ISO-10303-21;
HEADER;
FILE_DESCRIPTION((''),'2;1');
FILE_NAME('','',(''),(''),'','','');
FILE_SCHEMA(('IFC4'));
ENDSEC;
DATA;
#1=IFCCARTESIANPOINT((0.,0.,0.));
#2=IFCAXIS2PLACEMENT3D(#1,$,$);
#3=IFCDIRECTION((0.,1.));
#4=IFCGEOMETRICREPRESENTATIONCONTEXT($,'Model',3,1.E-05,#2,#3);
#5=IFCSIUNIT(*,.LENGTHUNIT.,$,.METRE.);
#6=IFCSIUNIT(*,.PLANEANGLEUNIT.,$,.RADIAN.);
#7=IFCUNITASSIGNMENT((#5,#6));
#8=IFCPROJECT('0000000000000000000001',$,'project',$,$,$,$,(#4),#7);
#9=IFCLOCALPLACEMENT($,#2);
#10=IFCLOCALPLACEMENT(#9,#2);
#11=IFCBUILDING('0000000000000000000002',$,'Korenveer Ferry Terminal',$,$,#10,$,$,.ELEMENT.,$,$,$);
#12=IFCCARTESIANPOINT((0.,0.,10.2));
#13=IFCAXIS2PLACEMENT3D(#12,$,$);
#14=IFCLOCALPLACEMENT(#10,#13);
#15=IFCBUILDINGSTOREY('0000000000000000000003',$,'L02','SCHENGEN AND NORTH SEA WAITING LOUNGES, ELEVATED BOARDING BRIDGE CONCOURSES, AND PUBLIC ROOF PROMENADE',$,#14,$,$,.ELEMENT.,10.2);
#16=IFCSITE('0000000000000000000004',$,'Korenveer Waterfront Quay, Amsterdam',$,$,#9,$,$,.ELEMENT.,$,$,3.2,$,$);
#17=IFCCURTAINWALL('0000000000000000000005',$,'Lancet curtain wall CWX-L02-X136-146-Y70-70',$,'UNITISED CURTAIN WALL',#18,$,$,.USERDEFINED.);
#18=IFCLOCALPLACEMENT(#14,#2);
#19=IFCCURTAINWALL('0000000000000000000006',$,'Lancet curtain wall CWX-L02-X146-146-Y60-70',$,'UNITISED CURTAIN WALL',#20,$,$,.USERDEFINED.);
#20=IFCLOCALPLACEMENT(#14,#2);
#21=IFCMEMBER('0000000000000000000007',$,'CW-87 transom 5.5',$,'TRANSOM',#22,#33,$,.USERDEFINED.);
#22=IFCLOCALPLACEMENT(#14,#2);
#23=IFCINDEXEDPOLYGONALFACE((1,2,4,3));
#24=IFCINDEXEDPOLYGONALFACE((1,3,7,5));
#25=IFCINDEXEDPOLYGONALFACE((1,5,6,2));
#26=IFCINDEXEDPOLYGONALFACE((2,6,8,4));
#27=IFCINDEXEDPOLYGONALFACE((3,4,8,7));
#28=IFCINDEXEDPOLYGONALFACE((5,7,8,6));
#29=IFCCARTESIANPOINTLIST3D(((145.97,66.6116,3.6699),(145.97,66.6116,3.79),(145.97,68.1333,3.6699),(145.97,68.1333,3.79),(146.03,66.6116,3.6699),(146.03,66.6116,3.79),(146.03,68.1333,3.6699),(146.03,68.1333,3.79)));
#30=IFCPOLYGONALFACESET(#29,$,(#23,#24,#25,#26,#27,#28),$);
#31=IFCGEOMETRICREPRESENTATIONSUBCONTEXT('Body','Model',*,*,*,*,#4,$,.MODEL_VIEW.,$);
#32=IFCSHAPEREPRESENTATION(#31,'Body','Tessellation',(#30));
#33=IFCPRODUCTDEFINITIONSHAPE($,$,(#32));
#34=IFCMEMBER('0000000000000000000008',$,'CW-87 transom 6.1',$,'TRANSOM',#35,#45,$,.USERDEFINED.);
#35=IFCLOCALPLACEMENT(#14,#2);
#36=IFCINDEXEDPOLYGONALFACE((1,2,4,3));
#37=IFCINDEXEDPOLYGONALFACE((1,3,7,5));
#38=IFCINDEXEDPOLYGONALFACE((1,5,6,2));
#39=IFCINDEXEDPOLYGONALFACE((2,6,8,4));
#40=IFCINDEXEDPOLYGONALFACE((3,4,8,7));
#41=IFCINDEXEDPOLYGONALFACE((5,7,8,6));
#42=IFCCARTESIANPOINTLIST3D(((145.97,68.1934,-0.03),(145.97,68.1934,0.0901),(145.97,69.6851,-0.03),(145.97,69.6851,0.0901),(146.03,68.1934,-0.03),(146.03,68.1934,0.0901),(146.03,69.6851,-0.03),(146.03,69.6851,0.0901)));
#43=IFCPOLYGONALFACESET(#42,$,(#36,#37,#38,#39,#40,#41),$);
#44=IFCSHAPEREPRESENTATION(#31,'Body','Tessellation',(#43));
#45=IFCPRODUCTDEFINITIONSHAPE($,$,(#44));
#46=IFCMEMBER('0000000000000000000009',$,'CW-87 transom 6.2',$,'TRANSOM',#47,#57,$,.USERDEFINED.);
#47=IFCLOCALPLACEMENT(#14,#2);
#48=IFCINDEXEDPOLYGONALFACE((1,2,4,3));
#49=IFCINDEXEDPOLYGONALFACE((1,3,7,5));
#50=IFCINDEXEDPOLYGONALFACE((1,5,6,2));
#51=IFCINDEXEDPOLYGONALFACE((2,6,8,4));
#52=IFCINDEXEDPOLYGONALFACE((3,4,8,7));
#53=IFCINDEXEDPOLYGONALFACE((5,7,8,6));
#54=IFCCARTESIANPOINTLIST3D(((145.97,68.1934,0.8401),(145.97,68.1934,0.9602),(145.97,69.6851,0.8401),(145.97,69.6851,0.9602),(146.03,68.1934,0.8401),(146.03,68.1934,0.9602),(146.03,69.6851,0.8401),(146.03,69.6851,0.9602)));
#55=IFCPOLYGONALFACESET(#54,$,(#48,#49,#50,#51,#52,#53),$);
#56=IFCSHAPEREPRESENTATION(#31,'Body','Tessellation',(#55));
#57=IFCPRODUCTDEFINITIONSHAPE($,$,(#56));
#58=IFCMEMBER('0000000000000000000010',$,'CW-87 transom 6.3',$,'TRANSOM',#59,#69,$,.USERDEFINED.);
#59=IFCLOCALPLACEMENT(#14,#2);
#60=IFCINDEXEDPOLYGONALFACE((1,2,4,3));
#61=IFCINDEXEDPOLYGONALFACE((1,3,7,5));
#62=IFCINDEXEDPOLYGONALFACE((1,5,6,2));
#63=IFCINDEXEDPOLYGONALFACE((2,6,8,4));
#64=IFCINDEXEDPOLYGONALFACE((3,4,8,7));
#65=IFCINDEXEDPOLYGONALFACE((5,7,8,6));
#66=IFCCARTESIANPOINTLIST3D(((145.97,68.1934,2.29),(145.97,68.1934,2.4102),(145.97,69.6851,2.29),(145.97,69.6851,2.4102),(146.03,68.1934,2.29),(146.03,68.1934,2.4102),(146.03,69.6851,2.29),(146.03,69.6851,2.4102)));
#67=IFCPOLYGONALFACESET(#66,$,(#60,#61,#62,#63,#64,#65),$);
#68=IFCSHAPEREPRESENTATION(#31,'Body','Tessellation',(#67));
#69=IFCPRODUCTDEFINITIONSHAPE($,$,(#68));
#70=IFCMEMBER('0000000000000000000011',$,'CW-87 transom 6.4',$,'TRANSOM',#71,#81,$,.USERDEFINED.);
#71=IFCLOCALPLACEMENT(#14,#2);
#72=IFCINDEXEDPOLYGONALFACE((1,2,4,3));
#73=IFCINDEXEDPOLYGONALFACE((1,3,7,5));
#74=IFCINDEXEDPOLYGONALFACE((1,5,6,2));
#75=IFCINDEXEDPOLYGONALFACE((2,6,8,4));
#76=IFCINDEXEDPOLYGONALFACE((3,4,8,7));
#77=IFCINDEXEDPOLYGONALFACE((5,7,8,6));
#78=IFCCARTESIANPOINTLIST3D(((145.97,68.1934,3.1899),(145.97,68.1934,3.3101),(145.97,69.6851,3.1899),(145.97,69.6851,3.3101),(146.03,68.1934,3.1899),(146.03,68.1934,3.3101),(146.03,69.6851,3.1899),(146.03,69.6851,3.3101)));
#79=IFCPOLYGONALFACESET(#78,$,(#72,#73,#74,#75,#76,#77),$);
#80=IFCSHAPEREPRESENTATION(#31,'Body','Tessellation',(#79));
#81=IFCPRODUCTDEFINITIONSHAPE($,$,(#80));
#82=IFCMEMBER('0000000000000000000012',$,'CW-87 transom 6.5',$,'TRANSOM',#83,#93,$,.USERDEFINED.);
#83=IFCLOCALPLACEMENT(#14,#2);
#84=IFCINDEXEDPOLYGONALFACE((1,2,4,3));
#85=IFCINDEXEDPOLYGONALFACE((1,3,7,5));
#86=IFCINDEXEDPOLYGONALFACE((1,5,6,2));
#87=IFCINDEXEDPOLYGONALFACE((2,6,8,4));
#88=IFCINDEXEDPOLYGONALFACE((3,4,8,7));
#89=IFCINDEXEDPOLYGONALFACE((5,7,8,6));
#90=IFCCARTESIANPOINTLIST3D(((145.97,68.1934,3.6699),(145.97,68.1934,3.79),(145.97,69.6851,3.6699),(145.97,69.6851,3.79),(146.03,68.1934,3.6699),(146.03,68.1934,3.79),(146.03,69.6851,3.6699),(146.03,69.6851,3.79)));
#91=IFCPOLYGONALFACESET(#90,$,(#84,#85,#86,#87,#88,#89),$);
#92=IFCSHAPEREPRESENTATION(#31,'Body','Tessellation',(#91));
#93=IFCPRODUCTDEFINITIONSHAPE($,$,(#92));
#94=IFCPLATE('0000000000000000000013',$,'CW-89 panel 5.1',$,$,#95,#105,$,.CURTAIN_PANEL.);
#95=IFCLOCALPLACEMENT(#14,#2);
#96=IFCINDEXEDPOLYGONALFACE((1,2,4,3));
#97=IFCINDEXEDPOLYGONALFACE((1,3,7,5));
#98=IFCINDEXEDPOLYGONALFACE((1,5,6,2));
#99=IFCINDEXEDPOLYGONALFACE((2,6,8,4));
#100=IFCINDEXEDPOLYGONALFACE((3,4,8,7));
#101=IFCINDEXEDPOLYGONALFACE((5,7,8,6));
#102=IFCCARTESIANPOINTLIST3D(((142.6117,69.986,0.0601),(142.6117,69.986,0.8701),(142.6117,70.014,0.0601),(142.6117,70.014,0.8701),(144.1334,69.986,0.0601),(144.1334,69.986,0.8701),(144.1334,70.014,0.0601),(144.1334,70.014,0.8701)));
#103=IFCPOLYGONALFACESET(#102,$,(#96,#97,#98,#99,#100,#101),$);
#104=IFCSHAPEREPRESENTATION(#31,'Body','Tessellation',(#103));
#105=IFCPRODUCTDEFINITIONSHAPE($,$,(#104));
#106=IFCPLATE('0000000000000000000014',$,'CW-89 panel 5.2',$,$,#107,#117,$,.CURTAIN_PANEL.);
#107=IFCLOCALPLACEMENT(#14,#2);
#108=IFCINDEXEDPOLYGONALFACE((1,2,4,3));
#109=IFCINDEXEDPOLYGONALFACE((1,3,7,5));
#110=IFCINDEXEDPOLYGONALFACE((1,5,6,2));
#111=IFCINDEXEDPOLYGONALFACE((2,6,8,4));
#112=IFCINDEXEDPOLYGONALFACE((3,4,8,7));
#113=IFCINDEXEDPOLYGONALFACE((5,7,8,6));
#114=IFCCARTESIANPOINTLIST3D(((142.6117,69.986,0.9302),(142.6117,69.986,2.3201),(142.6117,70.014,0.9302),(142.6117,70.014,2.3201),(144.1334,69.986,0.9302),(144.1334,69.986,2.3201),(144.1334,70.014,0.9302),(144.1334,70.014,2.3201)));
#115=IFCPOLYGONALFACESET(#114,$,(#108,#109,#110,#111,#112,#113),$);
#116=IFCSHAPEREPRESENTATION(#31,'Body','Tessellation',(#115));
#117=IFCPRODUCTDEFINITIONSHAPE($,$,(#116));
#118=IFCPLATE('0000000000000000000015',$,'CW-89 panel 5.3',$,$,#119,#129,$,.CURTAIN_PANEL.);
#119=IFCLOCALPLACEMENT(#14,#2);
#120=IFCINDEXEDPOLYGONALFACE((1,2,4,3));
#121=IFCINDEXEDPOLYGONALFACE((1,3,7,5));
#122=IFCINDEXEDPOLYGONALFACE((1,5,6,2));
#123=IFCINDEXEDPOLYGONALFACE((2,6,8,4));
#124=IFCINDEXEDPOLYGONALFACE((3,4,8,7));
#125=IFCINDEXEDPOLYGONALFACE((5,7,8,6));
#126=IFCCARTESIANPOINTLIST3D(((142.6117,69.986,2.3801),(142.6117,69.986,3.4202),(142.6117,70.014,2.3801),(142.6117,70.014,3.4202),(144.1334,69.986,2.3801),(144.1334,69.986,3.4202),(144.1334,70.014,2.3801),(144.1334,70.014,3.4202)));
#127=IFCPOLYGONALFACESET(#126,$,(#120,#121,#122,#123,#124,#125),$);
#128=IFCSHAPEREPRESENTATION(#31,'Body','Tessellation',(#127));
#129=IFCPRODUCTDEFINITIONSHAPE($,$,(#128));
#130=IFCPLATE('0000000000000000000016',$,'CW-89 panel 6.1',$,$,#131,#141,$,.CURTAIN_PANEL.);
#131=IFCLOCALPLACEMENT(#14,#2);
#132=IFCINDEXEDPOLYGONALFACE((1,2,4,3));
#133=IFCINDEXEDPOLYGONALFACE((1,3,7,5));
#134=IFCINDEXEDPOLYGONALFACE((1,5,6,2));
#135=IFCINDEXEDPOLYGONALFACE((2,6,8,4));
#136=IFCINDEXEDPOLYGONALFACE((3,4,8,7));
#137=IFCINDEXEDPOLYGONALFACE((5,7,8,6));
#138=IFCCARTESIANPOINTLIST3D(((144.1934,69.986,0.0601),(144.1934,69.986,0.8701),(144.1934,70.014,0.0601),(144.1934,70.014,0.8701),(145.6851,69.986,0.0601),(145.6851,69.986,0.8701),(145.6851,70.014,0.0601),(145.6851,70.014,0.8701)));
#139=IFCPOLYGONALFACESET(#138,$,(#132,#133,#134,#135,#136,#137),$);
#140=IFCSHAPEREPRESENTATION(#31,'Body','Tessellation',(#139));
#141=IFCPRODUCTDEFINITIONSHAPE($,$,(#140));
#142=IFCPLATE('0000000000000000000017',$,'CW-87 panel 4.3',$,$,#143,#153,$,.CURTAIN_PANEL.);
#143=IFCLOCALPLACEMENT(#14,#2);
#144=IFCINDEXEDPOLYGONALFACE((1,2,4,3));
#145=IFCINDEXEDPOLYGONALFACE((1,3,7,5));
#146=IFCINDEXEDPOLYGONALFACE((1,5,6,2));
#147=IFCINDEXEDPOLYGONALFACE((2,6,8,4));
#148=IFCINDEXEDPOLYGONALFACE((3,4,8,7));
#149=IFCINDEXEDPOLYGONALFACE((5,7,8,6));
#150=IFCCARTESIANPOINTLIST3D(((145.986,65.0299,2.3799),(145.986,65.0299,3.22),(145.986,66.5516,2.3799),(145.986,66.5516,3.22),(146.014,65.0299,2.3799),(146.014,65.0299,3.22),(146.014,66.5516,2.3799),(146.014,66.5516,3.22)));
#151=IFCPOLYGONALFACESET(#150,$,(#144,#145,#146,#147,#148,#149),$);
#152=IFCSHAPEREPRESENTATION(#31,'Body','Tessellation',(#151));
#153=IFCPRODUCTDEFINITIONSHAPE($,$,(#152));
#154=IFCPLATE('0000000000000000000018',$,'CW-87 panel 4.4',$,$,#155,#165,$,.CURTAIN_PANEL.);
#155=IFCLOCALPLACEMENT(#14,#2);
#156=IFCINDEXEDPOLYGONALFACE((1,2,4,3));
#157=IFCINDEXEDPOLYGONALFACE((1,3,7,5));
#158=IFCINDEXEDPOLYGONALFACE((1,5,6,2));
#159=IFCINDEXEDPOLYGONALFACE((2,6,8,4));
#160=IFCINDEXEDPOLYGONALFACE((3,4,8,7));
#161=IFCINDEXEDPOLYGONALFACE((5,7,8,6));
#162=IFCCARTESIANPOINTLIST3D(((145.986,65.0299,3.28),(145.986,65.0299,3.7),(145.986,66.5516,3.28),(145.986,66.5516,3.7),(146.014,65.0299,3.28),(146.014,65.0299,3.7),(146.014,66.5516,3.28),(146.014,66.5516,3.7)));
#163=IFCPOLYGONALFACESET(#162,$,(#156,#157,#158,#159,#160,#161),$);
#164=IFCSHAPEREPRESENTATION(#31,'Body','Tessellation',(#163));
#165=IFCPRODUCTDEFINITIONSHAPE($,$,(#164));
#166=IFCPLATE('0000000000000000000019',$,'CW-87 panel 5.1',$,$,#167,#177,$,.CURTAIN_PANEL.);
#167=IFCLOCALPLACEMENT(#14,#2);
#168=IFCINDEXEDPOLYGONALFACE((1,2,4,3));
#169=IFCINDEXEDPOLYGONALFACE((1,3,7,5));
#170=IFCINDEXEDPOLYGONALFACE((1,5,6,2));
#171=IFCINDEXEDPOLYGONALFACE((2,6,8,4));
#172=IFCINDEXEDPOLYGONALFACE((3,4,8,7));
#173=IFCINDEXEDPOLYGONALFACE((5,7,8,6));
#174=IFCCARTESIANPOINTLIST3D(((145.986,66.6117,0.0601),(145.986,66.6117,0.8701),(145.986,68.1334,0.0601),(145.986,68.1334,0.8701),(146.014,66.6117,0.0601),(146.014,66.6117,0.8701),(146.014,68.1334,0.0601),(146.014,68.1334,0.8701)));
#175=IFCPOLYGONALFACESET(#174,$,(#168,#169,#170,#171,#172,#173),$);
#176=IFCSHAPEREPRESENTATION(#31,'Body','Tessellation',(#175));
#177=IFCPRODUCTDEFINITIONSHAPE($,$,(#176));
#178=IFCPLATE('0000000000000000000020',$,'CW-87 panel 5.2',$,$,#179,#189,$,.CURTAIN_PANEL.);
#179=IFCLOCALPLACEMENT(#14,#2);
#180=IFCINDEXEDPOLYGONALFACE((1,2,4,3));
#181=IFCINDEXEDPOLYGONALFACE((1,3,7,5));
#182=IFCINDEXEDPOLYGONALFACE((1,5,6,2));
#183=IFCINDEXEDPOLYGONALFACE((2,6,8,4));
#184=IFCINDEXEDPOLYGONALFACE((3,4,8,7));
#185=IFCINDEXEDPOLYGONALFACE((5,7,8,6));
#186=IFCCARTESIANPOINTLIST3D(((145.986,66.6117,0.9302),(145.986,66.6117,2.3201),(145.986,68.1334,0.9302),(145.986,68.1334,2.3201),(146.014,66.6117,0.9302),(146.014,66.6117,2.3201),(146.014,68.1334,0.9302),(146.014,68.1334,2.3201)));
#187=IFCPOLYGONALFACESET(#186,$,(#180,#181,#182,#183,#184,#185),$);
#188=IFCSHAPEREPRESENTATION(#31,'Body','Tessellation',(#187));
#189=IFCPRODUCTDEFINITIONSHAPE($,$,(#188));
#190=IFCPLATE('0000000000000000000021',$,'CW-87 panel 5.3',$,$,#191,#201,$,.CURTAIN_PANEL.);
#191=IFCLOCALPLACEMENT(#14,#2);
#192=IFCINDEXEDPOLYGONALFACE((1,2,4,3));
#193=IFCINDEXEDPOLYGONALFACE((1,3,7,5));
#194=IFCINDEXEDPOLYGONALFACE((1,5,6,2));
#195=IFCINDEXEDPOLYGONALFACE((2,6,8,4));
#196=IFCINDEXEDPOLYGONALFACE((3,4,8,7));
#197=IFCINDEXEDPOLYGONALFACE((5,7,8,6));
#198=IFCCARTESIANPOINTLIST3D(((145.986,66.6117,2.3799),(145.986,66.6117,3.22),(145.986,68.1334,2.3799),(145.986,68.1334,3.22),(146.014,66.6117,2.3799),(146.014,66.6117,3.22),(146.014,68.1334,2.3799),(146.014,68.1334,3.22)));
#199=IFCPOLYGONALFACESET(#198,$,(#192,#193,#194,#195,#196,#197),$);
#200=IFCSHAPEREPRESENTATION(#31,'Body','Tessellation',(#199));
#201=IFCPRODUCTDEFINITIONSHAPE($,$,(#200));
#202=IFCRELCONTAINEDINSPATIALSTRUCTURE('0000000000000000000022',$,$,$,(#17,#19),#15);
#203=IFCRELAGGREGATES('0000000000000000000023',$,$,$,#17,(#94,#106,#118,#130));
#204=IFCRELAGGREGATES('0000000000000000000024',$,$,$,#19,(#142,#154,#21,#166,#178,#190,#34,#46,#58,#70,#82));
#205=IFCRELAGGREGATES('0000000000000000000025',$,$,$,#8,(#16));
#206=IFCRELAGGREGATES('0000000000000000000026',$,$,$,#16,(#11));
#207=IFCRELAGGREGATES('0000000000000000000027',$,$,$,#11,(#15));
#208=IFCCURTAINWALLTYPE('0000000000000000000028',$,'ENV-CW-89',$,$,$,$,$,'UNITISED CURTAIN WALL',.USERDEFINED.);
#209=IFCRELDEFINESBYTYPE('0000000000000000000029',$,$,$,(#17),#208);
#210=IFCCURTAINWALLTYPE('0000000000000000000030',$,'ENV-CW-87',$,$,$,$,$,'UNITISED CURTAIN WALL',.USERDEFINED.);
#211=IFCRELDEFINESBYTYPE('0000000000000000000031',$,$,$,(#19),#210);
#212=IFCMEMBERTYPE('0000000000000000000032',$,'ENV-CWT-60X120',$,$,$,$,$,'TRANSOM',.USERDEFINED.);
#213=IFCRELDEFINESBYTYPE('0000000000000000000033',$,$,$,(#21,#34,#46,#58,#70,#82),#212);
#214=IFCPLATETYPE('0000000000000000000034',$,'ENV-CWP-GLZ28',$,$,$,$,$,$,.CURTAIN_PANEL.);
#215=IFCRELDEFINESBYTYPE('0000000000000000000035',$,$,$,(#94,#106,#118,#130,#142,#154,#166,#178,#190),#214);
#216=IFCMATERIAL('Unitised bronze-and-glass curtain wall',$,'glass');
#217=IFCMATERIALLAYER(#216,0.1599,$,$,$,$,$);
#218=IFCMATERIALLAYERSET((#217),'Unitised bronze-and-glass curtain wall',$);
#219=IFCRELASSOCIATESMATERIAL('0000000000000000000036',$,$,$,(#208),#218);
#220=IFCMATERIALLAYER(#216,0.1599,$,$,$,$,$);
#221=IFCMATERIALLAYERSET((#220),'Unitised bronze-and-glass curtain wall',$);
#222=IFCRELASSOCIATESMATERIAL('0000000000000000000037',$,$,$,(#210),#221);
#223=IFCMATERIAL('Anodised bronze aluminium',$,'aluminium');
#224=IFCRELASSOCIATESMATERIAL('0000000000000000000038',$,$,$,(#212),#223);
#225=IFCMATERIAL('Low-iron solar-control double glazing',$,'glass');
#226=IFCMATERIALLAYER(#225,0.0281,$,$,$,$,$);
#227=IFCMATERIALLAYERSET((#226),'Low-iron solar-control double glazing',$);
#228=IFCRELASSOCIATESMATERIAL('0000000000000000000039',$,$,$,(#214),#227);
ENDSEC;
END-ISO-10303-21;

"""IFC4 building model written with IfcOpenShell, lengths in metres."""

from ifc_helpers import new_model, si_unit, direction, frame, origin, origin_2d, place, context, subcontext, project, spatial, rectangle, extrude, material, layer, layer_set, material_profile, profile_set, type_object, element, aggregate, save


model = new_model("IFC4")

# Units and contexts
model_context = context("Model", 3, precision=1e-05, world=origin(), true_north=direction((0.0, 1.0)))
body_context = subcontext(model_context, "Body", "Model", "MODEL_VIEW")
ifc_project = project(units=[si_unit("LENGTHUNIT", "METRE"), si_unit("PLANEANGLEUNIT", "RADIAN")], contexts=[model_context])

# Site, building, storey
site_placement = place(None, origin())
site = spatial("IfcSite", under=ifc_project, at=site_placement, Name="Korenveer Waterfront Quay, Amsterdam", CompositionType="ELEMENT", RefElevation=3.2)
building_placement = place(site_placement, origin())
building = spatial("IfcBuilding", under=site, at=building_placement, Name="Korenveer Ferry Terminal", CompositionType="ELEMENT")
storey_placement = place(building_placement, frame((0.0, 0.0, 10.2)))
storey = spatial("IfcBuildingStorey", under=building, at=storey_placement, Name="L02", Description="SCHENGEN AND NORTH SEA WAITING LOUNGES, ELEVATED BOARDING BRIDGE CONCOURSES, AND PUBLIC ROOF PROMENADE", CompositionType="ELEMENT", Elevation=10.2)

# Curtain wall
ifc_material_1 = material(Name="Unitised bronze-and-glass curtain wall", Category="glass")
ifc_layer_1 = layer(ifc_material_1, 0.1599)
ifc_layer_set_1 = layer_set([ifc_layer_1], Name="Unitised bronze-and-glass curtain wall")
curtain_wall_type_1 = type_object("IfcCurtainWallType", Name="ENV-CW-89", ElementType="UNITISED CURTAIN WALL", PredefinedType="USERDEFINED", material=ifc_layer_set_1)
curtain_wall_1_placement = place(storey_placement, frame((136.2549, 70.0, 0.0)))
curtain_wall_1 = element("IfcCurtainWall", 1, at=curtain_wall_1_placement, inside=storey, type_object=curtain_wall_type_1, Name="Lancet curtain wall CWX-L02-X136-146-Y70-70", ObjectType="UNITISED CURTAIN WALL", PredefinedType="USERDEFINED")
ifc_material_2 = material(Name="Anodised bronze aluminium", Category="aluminium")

# Curtain wall
ifc_layer_2 = layer(ifc_material_1, 0.1599)
ifc_layer_set_2 = layer_set([ifc_layer_2], Name="Unitised bronze-and-glass curtain wall")
curtain_wall_type_2 = type_object("IfcCurtainWallType", Name="ENV-CW-87", ElementType="UNITISED CURTAIN WALL", PredefinedType="USERDEFINED", material=ifc_layer_set_2)
curtain_wall_2_placement = place(storey_placement, frame((146.0, 60.2549, 0.0)))
curtain_wall_2 = element("IfcCurtainWall", 2, at=curtain_wall_2_placement, inside=storey, type_object=curtain_wall_type_2, Name="Lancet curtain wall CWX-L02-X146-146-Y60-70", ObjectType="UNITISED CURTAIN WALL", PredefinedType="USERDEFINED")

# Members
ifc_material_profile_1 = material_profile(ifc_material_2, rectangle(XDim=0.0601, YDim=0.1201, at=origin_2d()), Name="ALU 60x120")
ifc_profile_set_1 = profile_set([ifc_material_profile_1], Name="Anodised bronze aluminium")
member_type_1 = type_object("IfcMemberType", Name="ENV-CWT-60X120", ElementType="TRANSOM", PredefinedType="USERDEFINED", material=ifc_profile_set_1)
member_1_placement = place(storey_placement, frame((146.0, 66.6116, 3.73), z_axis=(0.0, 1.0, 0.0), x_axis=(-1.0, 0.0, 0.0)))
member_1 = element("IfcMember", 3, at=member_1_placement, type_object=member_type_1, Name="CW-87 transom 5.5", ObjectType="TRANSOM", PredefinedType="USERDEFINED", context=body_context, shape_type="SweptSolid", body=[
    extrude(rectangle(XDim=0.0601, YDim=0.1201, at=origin_2d()), origin(), (0.0, 0.0, 1.0), 1.5217),
])
member_2_placement = place(storey_placement, frame((146.0, 68.1934, 0.03), z_axis=(0.0, 1.0, 0.0), x_axis=(-1.0, 0.0, 0.0)))
member_2 = element("IfcMember", 4, at=member_2_placement, type_object=member_type_1, Name="CW-87 transom 6.1", ObjectType="TRANSOM", PredefinedType="USERDEFINED", context=body_context, shape_type="SweptSolid", body=[
    extrude(rectangle(XDim=0.0601, YDim=0.1201, at=origin_2d()), origin(), (0.0, 0.0, 1.0), 1.4917),
])
member_3_placement = place(storey_placement, frame((146.0, 68.1934, 0.9001), z_axis=(0.0, 1.0, 0.0), x_axis=(-1.0, 0.0, 0.0)))
member_3 = element("IfcMember", 5, at=member_3_placement, type_object=member_type_1, Name="CW-87 transom 6.2", ObjectType="TRANSOM", PredefinedType="USERDEFINED", context=body_context, shape_type="SweptSolid", body=[
    extrude(rectangle(XDim=0.0601, YDim=0.1201, at=origin_2d()), origin(), (0.0, 0.0, 1.0), 1.4917),
])
member_4_placement = place(storey_placement, frame((146.0, 68.1934, 2.3501), z_axis=(0.0, 1.0, 0.0), x_axis=(-1.0, 0.0, 0.0)))
member_4 = element("IfcMember", 6, at=member_4_placement, type_object=member_type_1, Name="CW-87 transom 6.3", ObjectType="TRANSOM", PredefinedType="USERDEFINED", context=body_context, shape_type="SweptSolid", body=[
    extrude(rectangle(XDim=0.0601, YDim=0.1201, at=origin_2d()), origin(), (0.0, 0.0, 1.0), 1.4917),
])
member_5_placement = place(storey_placement, frame((146.0, 68.1934, 3.25), z_axis=(0.0, 1.0, 0.0), x_axis=(-1.0, 0.0, 0.0)))
member_5 = element("IfcMember", 7, at=member_5_placement, type_object=member_type_1, Name="CW-87 transom 6.4", ObjectType="TRANSOM", PredefinedType="USERDEFINED", context=body_context, shape_type="SweptSolid", body=[
    extrude(rectangle(XDim=0.0601, YDim=0.1201, at=origin_2d()), origin(), (0.0, 0.0, 1.0), 1.4917),
])
member_6_placement = place(storey_placement, frame((146.0, 68.1934, 3.73), z_axis=(0.0, 1.0, 0.0), x_axis=(-1.0, 0.0, 0.0)))
member_6 = element("IfcMember", 8, at=member_6_placement, type_object=member_type_1, Name="CW-87 transom 6.5", ObjectType="TRANSOM", PredefinedType="USERDEFINED", context=body_context, shape_type="SweptSolid", body=[
    extrude(rectangle(XDim=0.0601, YDim=0.1201, at=origin_2d()), origin(), (0.0, 0.0, 1.0), 1.4917),
])

# Plates
ifc_material_3 = material(Name="Low-iron solar-control double glazing", Category="glass")
ifc_layer_3 = layer(ifc_material_3, 0.0281)
ifc_layer_set_3 = layer_set([ifc_layer_3], Name="Low-iron solar-control double glazing")
plate_type = type_object("IfcPlateType", Name="ENV-CWP-GLZ28", PredefinedType="CURTAIN_PANEL", material=ifc_layer_set_3)
plate_1_placement = place(storey_placement, frame((143.3726, 70.0, 0.0601), z_axis=(0.0, 0.0, 1.0), x_axis=(1.0, 0.0, 0.0)))
plate_1 = element("IfcPlate", 9, at=plate_1_placement, type_object=plate_type, Name="CW-89 panel 5.1", PredefinedType="CURTAIN_PANEL", context=body_context, shape_type="SweptSolid", body=[
    extrude(rectangle(XDim=1.5217, YDim=0.0281, at=origin_2d()), origin(), (0.0, 0.0, 1.0), 0.8101),
])
plate_2_placement = place(storey_placement, frame((143.3726, 70.0, 0.9302), z_axis=(0.0, 0.0, 1.0), x_axis=(1.0, 0.0, 0.0)))
plate_2 = element("IfcPlate", 10, at=plate_2_placement, type_object=plate_type, Name="CW-89 panel 5.2", PredefinedType="CURTAIN_PANEL", context=body_context, shape_type="SweptSolid", body=[
    extrude(rectangle(XDim=1.5217, YDim=0.0281, at=origin_2d()), origin(), (0.0, 0.0, 1.0), 1.3899),
])
plate_3_placement = place(storey_placement, frame((143.3726, 70.0, 2.3801), z_axis=(0.0, 0.0, 1.0), x_axis=(1.0, 0.0, 0.0)))
plate_3 = element("IfcPlate", 11, at=plate_3_placement, type_object=plate_type, Name="CW-89 panel 5.3", PredefinedType="CURTAIN_PANEL", context=body_context, shape_type="SweptSolid", body=[
    extrude(rectangle(XDim=1.5217, YDim=0.0281, at=origin_2d()), origin(), (0.0, 0.0, 1.0), 1.04),
])
plate_4_placement = place(storey_placement, frame((144.9392, 70.0, 0.0601), z_axis=(0.0, 0.0, 1.0), x_axis=(1.0, 0.0, 0.0)))
plate_4 = element("IfcPlate", 12, at=plate_4_placement, type_object=plate_type, Name="CW-89 panel 6.1", PredefinedType="CURTAIN_PANEL", context=body_context, shape_type="SweptSolid", body=[
    extrude(rectangle(XDim=1.4917, YDim=0.0281, at=origin_2d()), origin(), (0.0, 0.0, 1.0), 0.8101),
])
aggregate(curtain_wall_1, [plate_1, plate_2, plate_3, plate_4])
plate_5_placement = place(storey_placement, frame((146.0, 65.7908, 2.3799), z_axis=(0.0, 0.0, 1.0), x_axis=(0.0, 1.0, 0.0)))
plate_5 = element("IfcPlate", 13, at=plate_5_placement, type_object=plate_type, Name="CW-87 panel 4.3", PredefinedType="CURTAIN_PANEL", context=body_context, shape_type="SweptSolid", body=[
    extrude(rectangle(XDim=1.5217, YDim=0.0281, at=origin_2d()), origin(), (0.0, 0.0, 1.0), 0.8401),
])
plate_6_placement = place(storey_placement, frame((146.0, 65.7908, 3.28), z_axis=(0.0, 0.0, 1.0), x_axis=(0.0, 1.0, 0.0)))
plate_6 = element("IfcPlate", 14, at=plate_6_placement, type_object=plate_type, Name="CW-87 panel 4.4", PredefinedType="CURTAIN_PANEL", context=body_context, shape_type="SweptSolid", body=[
    extrude(rectangle(XDim=1.5217, YDim=0.0281, at=origin_2d()), origin(), (0.0, 0.0, 1.0), 0.4199),
])
plate_7_placement = place(storey_placement, frame((146.0, 67.3726, 0.0601), z_axis=(0.0, 0.0, 1.0), x_axis=(0.0, 1.0, 0.0)))
plate_7 = element("IfcPlate", 15, at=plate_7_placement, type_object=plate_type, Name="CW-87 panel 5.1", PredefinedType="CURTAIN_PANEL", context=body_context, shape_type="SweptSolid", body=[
    extrude(rectangle(XDim=1.5217, YDim=0.0281, at=origin_2d()), origin(), (0.0, 0.0, 1.0), 0.8101),
])
plate_8_placement = place(storey_placement, frame((146.0, 67.3726, 0.9302), z_axis=(0.0, 0.0, 1.0), x_axis=(0.0, 1.0, 0.0)))
plate_8 = element("IfcPlate", 16, at=plate_8_placement, type_object=plate_type, Name="CW-87 panel 5.2", PredefinedType="CURTAIN_PANEL", context=body_context, shape_type="SweptSolid", body=[
    extrude(rectangle(XDim=1.5217, YDim=0.0281, at=origin_2d()), origin(), (0.0, 0.0, 1.0), 1.3899),
])
plate_9_placement = place(storey_placement, frame((146.0, 67.3726, 2.3799), z_axis=(0.0, 0.0, 1.0), x_axis=(0.0, 1.0, 0.0)))
plate_9 = element("IfcPlate", 17, at=plate_9_placement, type_object=plate_type, Name="CW-87 panel 5.3", PredefinedType="CURTAIN_PANEL", context=body_context, shape_type="SweptSolid", body=[
    extrude(rectangle(XDim=1.5217, YDim=0.0281, at=origin_2d()), origin(), (0.0, 0.0, 1.0), 0.8401),
])
aggregate(curtain_wall_2, [plate_5, plate_6, member_1, plate_7, plate_8, plate_9, member_2, member_3, member_4, member_5, member_6])

save(model, "model.ifc")
